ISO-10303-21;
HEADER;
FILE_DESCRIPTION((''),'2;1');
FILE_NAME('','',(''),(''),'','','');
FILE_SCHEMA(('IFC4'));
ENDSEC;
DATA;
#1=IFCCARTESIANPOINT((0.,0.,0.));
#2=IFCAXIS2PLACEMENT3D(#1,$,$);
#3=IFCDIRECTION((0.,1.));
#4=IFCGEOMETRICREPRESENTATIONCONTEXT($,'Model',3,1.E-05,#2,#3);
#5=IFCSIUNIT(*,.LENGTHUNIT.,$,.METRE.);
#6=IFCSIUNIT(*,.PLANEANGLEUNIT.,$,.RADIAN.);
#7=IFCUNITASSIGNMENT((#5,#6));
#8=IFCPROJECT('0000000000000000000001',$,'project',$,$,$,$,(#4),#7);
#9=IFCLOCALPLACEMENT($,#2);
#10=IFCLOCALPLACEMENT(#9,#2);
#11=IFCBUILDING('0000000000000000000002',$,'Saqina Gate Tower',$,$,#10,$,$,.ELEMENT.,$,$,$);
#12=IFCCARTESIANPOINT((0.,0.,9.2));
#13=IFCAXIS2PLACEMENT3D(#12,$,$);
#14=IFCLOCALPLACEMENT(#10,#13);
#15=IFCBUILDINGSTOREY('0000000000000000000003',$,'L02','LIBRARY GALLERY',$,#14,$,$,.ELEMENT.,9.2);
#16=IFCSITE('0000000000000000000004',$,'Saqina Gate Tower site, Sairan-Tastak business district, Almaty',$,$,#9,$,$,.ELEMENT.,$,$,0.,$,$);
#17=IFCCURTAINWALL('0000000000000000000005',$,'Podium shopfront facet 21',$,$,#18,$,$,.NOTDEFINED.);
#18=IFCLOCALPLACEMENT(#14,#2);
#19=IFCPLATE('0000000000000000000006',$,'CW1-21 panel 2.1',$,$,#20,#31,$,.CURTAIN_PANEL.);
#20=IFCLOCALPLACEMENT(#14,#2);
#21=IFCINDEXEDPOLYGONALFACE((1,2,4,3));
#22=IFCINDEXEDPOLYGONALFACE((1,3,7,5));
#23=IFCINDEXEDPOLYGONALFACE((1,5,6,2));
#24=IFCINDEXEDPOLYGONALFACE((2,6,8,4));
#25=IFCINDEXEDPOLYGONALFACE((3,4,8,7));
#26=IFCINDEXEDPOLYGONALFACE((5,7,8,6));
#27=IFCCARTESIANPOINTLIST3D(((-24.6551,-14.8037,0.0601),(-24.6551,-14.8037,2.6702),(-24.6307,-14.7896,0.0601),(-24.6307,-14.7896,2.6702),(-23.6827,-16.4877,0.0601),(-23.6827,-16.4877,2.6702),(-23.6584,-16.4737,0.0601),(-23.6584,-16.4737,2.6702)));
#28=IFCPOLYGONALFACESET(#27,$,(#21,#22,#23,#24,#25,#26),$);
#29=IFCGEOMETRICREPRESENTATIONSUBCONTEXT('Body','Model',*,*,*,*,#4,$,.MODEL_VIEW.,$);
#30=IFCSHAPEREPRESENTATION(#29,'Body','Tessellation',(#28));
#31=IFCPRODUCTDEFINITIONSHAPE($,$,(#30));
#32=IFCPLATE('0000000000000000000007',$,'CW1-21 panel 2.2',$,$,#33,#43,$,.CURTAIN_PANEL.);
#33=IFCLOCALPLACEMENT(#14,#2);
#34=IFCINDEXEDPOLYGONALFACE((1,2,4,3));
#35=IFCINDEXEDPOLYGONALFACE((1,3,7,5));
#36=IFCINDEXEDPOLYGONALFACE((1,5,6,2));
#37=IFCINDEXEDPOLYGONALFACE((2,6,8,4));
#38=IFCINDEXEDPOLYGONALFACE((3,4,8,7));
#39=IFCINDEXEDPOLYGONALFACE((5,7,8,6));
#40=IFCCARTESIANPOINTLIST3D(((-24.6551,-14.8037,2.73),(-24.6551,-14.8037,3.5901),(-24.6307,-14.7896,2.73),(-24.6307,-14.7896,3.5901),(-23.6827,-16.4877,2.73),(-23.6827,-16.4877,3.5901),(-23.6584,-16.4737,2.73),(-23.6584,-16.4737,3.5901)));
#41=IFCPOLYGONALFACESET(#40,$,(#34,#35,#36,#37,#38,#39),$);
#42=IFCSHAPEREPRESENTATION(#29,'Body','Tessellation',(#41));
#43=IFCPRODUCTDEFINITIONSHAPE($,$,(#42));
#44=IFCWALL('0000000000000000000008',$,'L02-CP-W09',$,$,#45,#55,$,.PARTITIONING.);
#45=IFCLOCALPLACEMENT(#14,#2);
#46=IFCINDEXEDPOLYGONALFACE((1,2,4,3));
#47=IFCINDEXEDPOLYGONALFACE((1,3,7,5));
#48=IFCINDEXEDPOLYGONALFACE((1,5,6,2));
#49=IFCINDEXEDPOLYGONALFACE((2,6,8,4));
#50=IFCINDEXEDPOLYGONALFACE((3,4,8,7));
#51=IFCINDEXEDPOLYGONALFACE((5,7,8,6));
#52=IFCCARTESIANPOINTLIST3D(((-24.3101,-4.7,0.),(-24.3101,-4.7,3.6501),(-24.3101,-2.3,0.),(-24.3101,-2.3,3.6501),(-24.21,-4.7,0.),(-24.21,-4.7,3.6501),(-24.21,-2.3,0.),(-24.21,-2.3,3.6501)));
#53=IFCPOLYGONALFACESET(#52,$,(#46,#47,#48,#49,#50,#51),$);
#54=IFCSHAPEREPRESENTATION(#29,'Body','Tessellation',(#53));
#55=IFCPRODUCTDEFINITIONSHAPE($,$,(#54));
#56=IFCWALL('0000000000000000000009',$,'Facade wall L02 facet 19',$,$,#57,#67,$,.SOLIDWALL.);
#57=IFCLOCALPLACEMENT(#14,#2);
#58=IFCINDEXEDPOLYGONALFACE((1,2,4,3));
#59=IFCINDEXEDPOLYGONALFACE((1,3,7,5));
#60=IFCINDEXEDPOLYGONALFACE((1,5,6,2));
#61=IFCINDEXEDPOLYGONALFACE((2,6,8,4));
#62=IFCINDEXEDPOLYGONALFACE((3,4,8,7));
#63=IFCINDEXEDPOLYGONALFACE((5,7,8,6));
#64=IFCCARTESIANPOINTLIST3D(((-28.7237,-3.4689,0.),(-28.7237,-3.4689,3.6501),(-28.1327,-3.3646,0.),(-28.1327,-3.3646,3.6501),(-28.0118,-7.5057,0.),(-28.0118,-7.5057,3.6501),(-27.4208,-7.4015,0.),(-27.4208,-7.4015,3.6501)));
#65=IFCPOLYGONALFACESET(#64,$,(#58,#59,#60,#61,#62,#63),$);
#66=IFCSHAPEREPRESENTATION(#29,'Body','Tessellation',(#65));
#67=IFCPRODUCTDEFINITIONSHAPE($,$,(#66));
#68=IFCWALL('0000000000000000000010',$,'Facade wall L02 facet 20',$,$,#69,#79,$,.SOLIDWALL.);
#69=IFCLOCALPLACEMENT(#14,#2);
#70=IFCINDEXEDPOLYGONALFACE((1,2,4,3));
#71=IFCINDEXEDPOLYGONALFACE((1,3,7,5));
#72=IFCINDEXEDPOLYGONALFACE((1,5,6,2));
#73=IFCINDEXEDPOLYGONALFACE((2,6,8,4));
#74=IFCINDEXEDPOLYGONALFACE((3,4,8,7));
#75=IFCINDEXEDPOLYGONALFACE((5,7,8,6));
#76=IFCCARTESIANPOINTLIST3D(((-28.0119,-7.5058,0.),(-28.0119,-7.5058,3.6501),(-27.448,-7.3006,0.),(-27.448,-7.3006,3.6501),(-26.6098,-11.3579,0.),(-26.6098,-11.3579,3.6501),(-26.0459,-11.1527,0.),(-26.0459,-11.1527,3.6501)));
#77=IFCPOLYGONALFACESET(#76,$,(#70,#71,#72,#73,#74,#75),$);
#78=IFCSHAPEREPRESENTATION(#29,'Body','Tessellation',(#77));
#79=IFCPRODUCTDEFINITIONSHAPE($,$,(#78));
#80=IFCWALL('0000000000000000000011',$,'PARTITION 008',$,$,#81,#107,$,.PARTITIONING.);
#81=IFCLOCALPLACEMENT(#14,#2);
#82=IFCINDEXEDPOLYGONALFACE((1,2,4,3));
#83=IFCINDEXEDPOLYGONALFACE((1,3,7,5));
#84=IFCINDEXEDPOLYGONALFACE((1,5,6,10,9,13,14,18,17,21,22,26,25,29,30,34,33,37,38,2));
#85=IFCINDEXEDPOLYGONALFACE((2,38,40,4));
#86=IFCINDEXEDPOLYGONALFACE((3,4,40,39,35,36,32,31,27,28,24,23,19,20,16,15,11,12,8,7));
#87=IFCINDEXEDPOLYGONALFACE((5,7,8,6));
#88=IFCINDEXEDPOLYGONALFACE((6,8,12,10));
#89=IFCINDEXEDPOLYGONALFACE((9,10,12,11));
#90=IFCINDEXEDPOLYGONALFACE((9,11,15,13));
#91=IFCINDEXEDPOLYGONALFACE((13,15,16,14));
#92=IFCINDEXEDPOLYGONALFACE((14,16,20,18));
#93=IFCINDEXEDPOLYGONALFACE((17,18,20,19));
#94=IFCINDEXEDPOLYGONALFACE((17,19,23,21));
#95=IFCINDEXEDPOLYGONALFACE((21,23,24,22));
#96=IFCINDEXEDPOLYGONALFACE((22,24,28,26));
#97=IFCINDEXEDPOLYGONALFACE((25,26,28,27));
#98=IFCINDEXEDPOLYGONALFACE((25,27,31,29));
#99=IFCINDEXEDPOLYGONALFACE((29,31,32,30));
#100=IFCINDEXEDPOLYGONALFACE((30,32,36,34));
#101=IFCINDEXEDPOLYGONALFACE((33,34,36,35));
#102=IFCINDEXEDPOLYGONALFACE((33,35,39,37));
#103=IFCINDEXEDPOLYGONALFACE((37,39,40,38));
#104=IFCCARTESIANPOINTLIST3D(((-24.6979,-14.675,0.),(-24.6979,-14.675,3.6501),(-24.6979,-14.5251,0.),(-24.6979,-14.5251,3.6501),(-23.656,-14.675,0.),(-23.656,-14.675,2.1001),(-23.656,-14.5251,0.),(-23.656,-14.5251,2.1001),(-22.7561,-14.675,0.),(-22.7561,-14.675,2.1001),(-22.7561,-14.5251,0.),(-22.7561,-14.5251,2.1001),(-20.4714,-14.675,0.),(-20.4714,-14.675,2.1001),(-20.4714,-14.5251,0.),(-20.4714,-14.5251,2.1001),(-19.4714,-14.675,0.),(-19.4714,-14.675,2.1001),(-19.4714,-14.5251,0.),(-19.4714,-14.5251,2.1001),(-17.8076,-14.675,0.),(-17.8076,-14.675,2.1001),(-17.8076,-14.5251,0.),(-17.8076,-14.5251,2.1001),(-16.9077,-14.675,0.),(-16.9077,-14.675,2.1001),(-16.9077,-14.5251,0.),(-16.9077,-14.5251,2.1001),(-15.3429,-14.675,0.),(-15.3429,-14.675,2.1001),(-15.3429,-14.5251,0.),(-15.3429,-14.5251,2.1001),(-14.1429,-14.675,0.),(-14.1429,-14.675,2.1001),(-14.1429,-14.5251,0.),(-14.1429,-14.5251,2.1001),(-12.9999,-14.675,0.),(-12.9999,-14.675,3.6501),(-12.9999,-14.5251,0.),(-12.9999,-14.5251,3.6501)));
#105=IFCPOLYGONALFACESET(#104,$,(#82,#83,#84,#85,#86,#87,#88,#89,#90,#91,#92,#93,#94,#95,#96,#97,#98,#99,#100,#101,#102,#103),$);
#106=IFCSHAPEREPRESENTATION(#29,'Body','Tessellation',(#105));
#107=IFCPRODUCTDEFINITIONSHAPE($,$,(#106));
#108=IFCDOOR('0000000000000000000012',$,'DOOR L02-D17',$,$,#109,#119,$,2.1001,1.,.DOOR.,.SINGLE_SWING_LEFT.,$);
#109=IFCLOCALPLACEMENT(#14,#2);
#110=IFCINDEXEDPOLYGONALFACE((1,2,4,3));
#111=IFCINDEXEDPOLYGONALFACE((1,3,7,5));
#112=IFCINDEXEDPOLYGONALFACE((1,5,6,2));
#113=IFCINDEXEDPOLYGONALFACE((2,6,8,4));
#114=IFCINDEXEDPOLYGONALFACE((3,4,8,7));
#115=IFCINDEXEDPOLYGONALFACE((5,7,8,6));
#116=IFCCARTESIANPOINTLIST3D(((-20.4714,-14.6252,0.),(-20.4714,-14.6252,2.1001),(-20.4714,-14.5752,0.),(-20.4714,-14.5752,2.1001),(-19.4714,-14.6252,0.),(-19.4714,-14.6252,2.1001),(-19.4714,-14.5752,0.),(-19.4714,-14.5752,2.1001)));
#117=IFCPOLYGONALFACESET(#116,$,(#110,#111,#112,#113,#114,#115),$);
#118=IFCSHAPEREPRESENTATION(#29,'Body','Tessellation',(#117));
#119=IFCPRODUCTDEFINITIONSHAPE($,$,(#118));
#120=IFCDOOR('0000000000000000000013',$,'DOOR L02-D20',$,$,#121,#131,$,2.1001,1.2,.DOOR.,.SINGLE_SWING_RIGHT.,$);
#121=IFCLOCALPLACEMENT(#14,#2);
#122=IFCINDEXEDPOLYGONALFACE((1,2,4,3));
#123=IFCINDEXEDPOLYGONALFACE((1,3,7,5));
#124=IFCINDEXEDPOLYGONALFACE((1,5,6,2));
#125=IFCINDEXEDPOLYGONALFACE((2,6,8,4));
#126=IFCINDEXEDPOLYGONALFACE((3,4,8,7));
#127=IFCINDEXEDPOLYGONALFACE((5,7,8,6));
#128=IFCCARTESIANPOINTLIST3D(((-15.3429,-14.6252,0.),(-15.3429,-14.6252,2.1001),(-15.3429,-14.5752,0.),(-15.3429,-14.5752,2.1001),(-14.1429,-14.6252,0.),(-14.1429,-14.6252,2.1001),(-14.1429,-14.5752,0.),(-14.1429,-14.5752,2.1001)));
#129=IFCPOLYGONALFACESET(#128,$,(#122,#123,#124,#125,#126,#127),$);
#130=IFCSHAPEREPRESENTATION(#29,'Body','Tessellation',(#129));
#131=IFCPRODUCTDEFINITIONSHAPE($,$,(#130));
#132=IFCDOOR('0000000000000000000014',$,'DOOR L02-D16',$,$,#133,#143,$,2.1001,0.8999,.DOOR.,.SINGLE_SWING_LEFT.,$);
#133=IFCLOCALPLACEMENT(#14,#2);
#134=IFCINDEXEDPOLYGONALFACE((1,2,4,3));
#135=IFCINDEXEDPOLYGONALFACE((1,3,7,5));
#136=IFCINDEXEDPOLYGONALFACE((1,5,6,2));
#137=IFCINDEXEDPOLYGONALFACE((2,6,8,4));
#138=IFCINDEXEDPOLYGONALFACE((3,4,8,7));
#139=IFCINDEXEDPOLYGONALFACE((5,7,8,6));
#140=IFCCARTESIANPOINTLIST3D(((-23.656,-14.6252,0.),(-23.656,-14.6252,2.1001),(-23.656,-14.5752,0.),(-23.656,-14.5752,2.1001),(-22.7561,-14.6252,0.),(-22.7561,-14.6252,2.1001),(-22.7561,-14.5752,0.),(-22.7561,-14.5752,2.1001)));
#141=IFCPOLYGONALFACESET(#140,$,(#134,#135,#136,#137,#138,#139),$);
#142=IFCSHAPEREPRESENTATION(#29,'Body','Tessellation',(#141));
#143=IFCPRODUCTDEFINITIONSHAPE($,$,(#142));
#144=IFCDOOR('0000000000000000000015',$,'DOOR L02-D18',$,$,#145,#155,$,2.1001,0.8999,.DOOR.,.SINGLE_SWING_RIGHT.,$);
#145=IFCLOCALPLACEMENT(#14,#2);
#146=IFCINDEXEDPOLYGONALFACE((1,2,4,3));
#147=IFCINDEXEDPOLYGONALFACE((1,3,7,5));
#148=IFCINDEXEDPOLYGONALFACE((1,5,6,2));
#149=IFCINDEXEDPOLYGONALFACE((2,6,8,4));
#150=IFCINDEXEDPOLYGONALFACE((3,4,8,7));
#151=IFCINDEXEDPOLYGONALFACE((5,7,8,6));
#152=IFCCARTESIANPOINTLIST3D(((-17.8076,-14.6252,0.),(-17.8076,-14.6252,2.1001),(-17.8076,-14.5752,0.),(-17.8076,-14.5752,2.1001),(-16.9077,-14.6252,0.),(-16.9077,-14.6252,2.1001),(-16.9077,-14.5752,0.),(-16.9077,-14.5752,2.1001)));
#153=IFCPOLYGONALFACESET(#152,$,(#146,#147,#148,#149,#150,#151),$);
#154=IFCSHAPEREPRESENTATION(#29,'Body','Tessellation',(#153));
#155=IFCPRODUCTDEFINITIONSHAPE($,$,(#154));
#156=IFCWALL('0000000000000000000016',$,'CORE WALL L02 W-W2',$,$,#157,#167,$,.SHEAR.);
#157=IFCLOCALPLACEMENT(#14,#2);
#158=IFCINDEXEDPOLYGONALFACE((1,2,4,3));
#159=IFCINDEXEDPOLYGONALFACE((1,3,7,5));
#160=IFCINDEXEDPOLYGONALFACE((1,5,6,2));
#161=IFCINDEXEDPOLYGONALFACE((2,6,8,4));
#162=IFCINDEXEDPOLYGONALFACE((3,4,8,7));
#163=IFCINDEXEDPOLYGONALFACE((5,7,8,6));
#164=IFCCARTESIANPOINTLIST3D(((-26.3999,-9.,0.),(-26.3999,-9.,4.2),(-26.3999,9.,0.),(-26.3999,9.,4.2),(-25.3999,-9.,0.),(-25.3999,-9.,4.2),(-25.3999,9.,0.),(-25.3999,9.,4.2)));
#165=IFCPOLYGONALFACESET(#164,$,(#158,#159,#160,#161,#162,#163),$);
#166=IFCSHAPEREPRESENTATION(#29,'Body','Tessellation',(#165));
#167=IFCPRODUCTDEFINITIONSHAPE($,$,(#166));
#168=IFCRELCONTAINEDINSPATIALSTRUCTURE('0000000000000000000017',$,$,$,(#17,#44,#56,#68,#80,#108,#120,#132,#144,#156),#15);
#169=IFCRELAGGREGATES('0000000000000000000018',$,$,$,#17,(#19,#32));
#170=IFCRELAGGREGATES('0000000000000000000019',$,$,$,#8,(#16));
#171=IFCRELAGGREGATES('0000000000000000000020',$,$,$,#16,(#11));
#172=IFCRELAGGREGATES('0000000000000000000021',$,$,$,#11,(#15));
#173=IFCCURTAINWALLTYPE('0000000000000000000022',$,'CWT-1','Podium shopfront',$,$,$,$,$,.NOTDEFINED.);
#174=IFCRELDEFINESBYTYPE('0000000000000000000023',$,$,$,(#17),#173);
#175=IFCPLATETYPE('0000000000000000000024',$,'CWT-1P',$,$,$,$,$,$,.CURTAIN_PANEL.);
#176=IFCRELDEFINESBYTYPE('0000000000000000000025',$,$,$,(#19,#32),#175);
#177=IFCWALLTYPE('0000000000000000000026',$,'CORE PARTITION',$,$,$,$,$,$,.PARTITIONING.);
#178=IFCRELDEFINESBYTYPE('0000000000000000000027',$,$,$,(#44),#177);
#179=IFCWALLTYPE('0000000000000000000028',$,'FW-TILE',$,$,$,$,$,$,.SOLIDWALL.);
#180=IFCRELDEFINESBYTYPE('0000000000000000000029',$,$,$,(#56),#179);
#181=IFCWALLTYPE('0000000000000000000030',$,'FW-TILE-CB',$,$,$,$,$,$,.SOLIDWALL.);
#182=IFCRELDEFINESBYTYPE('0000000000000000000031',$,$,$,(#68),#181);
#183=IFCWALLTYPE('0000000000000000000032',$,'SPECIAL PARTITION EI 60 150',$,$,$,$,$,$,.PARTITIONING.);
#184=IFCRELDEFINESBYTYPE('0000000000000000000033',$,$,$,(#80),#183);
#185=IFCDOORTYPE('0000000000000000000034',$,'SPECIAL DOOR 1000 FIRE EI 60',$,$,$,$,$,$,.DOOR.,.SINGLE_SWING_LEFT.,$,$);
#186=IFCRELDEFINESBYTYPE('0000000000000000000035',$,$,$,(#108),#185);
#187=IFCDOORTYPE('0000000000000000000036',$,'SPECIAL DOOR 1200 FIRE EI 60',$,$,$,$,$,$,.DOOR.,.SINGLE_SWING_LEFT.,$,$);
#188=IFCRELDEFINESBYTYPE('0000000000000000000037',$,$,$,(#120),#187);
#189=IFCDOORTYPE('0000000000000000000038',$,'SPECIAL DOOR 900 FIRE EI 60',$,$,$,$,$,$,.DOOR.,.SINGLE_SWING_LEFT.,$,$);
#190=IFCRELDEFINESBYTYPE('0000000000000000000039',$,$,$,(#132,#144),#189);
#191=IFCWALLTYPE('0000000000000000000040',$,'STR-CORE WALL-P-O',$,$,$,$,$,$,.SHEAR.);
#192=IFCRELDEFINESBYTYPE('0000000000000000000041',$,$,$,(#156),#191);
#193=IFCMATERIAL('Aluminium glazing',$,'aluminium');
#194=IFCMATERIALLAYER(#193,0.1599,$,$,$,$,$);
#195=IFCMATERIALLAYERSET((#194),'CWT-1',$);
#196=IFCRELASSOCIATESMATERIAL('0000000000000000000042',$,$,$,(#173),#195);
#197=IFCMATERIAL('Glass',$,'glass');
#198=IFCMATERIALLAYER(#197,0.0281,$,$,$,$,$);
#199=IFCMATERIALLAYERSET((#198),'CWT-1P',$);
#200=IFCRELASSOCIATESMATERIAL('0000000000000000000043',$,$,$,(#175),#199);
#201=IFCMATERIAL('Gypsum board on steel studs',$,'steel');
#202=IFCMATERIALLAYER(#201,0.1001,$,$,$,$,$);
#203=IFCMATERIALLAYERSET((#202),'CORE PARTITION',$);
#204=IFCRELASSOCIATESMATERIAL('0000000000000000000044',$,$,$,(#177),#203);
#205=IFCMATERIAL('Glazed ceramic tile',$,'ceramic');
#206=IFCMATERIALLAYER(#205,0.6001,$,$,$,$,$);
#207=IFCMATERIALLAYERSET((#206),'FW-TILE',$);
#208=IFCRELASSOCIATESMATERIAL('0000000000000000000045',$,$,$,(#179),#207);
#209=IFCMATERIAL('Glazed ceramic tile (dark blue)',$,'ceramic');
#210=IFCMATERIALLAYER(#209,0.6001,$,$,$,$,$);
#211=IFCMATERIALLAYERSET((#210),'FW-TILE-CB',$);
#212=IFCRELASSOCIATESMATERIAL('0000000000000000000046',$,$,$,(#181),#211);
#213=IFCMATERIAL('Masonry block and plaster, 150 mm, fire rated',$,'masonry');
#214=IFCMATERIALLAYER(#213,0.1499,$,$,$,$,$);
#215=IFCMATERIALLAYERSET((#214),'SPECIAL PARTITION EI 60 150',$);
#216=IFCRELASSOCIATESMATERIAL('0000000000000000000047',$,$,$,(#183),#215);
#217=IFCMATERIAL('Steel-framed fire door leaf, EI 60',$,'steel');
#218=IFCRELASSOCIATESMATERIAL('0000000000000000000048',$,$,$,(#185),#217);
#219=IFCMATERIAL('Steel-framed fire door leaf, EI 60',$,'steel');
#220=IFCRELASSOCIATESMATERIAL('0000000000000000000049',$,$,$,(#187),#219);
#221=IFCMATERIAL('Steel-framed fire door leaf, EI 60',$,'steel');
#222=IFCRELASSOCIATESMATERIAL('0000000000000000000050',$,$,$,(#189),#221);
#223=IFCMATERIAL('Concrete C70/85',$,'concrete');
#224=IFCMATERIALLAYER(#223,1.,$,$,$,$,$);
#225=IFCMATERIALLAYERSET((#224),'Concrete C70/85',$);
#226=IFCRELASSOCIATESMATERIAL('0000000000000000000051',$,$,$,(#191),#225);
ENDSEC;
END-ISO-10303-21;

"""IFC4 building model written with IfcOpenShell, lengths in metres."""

from ifc_helpers import new_model, si_unit, direction, frame, frame_2d, origin, origin_2d, place, context, subcontext, project, spatial, rectangle, extrude, material, layer, layer_set, type_object, element, fill, aggregate, save


model = new_model("IFC4")

# Units and contexts
model_context = context("Model", 3, precision=1e-05, world=origin(), true_north=direction((0.0, 1.0)))
body_context = subcontext(model_context, "Body", "Model", "MODEL_VIEW")
ifc_project = project(units=[si_unit("LENGTHUNIT", "METRE"), si_unit("PLANEANGLEUNIT", "RADIAN")], contexts=[model_context])

# Site, building, storey
site_placement = place(None, origin())
site = spatial("IfcSite", under=ifc_project, at=site_placement, Name="Saqina Gate Tower site, Sairan-Tastak business district, Almaty", CompositionType="ELEMENT", RefElevation=0.0)
building_placement = place(site_placement, origin())
building = spatial("IfcBuilding", under=site, at=building_placement, Name="Saqina Gate Tower", CompositionType="ELEMENT")
storey_placement = place(building_placement, frame((0.0, 0.0, 9.2)))
storey = spatial("IfcBuildingStorey", under=building, at=storey_placement, Name="L02", Description="LIBRARY GALLERY", CompositionType="ELEMENT", Elevation=9.2)

# Curtain wall
ifc_material_1 = material(Name="Aluminium glazing", Category="aluminium")
ifc_layer_1 = layer(ifc_material_1, 0.1599)
ifc_layer_set_1 = layer_set([ifc_layer_1], Name="CWT-1")
curtain_wall_type = type_object("IfcCurtainWallType", Name="CWT-1", Description="Podium shopfront", PredefinedType="NOTDEFINED", material=ifc_layer_set_1)
curtain_wall_1_placement = place(storey_placement, origin())
curtain_wall_1 = element("IfcCurtainWall", 1, at=curtain_wall_1_placement, inside=storey, type_object=curtain_wall_type, Name="Podium shopfront facet 21", PredefinedType="NOTDEFINED")

# Plates
ifc_material_2 = material(Name="Glass", Category="glass")
ifc_layer_2 = layer(ifc_material_2, 0.0281)
ifc_layer_set_2 = layer_set([ifc_layer_2], Name="CWT-1P")
plate_type = type_object("IfcPlateType", Name="CWT-1P", PredefinedType="CURTAIN_PANEL", material=ifc_layer_set_2)
plate_1_placement = place(storey_placement, frame((-24.1567, -15.6387, 0.0601), z_axis=(0.0, 0.0, 1.0), x_axis=(0.500014, -0.866017, 0.0)))
plate_1 = element("IfcPlate", 2, at=plate_1_placement, type_object=plate_type, Name="CW1-21 panel 2.1", PredefinedType="CURTAIN_PANEL", context=body_context, shape_type="SweptSolid", body=[
    extrude(rectangle(XDim=1.9446, YDim=0.0281, at=origin_2d()), origin(), (0.0, 0.0, 1.0), 2.6101),
])
plate_2_placement = place(storey_placement, frame((-24.1567, -15.6387, 2.73), z_axis=(0.0, 0.0, 1.0), x_axis=(0.500014, -0.866017, 0.0)))
plate_2 = element("IfcPlate", 3, at=plate_2_placement, type_object=plate_type, Name="CW1-21 panel 2.2", PredefinedType="CURTAIN_PANEL", context=body_context, shape_type="SweptSolid", body=[
    extrude(rectangle(XDim=1.9446, YDim=0.0281, at=origin_2d()), origin(), (0.0, 0.0, 1.0), 0.8601),
])
aggregate(curtain_wall_1, [plate_1, plate_2])

# Walls
ifc_material_3 = material(Name="Gypsum board on steel studs", Category="steel")
ifc_layer_3 = layer(ifc_material_3, 0.1001)
ifc_layer_set_3 = layer_set([ifc_layer_3], Name="CORE PARTITION")
wall_type_1 = type_object("IfcWallType", Name="CORE PARTITION", PredefinedType="PARTITIONING", material=ifc_layer_set_3)
wall_1_placement = place(storey_placement, frame((-24.26, -4.7, 0.0), z_axis=(0.0, 0.0, 1.0), x_axis=(0.0, 1.0, 0.0)))
element("IfcWall", 4, at=wall_1_placement, inside=storey, type_object=wall_type_1, Name="L02-CP-W09", PredefinedType="PARTITIONING", context=body_context, shape_type="SweptSolid", body=[
    extrude(rectangle(XDim=2.3999, YDim=0.1001, at=frame_2d((1.2, 0.0))), origin(), (0.0, 0.0, 1.0), 3.6501),
])
ifc_material_4 = material(Name="Glazed ceramic tile", Category="ceramic")
ifc_layer_4 = layer(ifc_material_4, 0.6001)
ifc_layer_set_4 = layer_set([ifc_layer_4], Name="FW-TILE")
wall_type_2 = type_object("IfcWallType", Name="FW-TILE", PredefinedType="SOLIDWALL", material=ifc_layer_set_4)
wall_2_placement = place(storey_placement, frame((-28.4282, -3.4167, 0.0), z_axis=(0.0, 0.0, 1.0), x_axis=(0.173673, -0.984803, 0.0)))
element("IfcWall", 5, at=wall_2_placement, inside=storey, type_object=wall_type_2, Name="Facade wall L02 facet 19", PredefinedType="SOLIDWALL", context=body_context, shape_type="SweptSolid", body=[
    extrude(rectangle(XDim=4.0991, YDim=0.6001, at=frame_2d((2.0496, 0.0))), origin(), (0.0, 0.0, 1.0), 3.6501),
])
ifc_material_5 = material(Name="Glazed ceramic tile (dark blue)", Category="ceramic")
ifc_layer_5 = layer(ifc_material_5, 0.6001)
ifc_layer_set_5 = layer_set([ifc_layer_5], Name="FW-TILE-CB")
wall_type_3 = type_object("IfcWallType", Name="FW-TILE-CB", PredefinedType="SOLIDWALL", material=ifc_layer_set_5)
wall_3_placement = place(storey_placement, frame((-27.73, -7.4031, 0.0), z_axis=(0.0, 0.0, 1.0), x_axis=(0.342035, -0.939687, 0.0)))
element("IfcWall", 6, at=wall_3_placement, inside=storey, type_object=wall_type_3, Name="Facade wall L02 facet 20", PredefinedType="SOLIDWALL", context=body_context, shape_type="SweptSolid", body=[
    extrude(rectangle(XDim=4.0994, YDim=0.6001, at=frame_2d((2.0498, 0.0))), origin(), (0.0, 0.0, 1.0), 3.6501),
])

# Wall, openings, doors
ifc_material_6 = material(Name="Masonry block and plaster, 150 mm, fire rated", Category="masonry")
ifc_layer_6 = layer(ifc_material_6, 0.1499)
ifc_layer_set_6 = layer_set([ifc_layer_6], Name="SPECIAL PARTITION EI 60 150")
wall_type_4 = type_object("IfcWallType", Name="SPECIAL PARTITION EI 60 150", PredefinedType="PARTITIONING", material=ifc_layer_set_6)
wall_4_placement = place(storey_placement, frame((-24.698, -14.6001, 0.0), z_axis=(0.0, 0.0, 1.0), x_axis=(1.0, 0.0, 0.0)))
wall_4 = element("IfcWall", 7, at=wall_4_placement, inside=storey, type_object=wall_type_4, Name="PARTITION 008", PredefinedType="PARTITIONING", context=body_context, shape_type="SweptSolid", body=[
    extrude(rectangle(XDim=11.698, YDim=0.1499, at=frame_2d((5.8491, 0.0))), origin(), (0.0, 0.0, 1.0), 3.6501),
])
opening_1_placement = place(wall_4_placement, frame((1.042, 0.0, 0.0)))
opening_1 = element("IfcOpeningElement", 8, at=opening_1_placement, cuts=wall_4, PredefinedType="OPENING", context=body_context, shape_type="SweptSolid", body=[
    extrude(rectangle(XDim=0.8999, YDim=2.1001, at=frame_2d((0.45, 1.05))), frame((0.0, 0.0869, 0.0), z_axis=(0.0, -1.0, 0.0), x_axis=(1.0, 0.0, 0.0)), (0.0, 0.0, 1.0), 0.1738),
])
opening_2_placement = place(wall_4_placement, frame((4.2266, 0.0, 0.0)))
opening_2 = element("IfcOpeningElement", 9, at=opening_2_placement, cuts=wall_4, PredefinedType="OPENING", context=body_context, shape_type="SweptSolid", body=[
    extrude(rectangle(XDim=1.0, YDim=2.1001, at=frame_2d((0.5, 1.05))), frame((0.0, 0.0869, 0.0), z_axis=(0.0, -1.0, 0.0), x_axis=(1.0, 0.0, 0.0)), (0.0, 0.0, 1.0), 0.1738),
])
opening_3_placement = place(wall_4_placement, frame((6.8904, 0.0, 0.0)))
opening_3 = element("IfcOpeningElement", 10, at=opening_3_placement, cuts=wall_4, PredefinedType="OPENING", context=body_context, shape_type="SweptSolid", body=[
    extrude(rectangle(XDim=0.8999, YDim=2.1001, at=frame_2d((0.45, 1.05))), frame((0.0, 0.0869, 0.0), z_axis=(0.0, -1.0, 0.0), x_axis=(1.0, 0.0, 0.0)), (0.0, 0.0, 1.0), 0.1738),
])
opening_4_placement = place(wall_4_placement, frame((9.355, 0.0, 0.0)))
opening_4 = element("IfcOpeningElement", 11, at=opening_4_placement, cuts=wall_4, PredefinedType="OPENING", context=body_context, shape_type="SweptSolid", body=[
    extrude(rectangle(XDim=1.2, YDim=2.1001, at=frame_2d((0.6001, 1.05))), frame((0.0, 0.0869, 0.0), z_axis=(0.0, -1.0, 0.0), x_axis=(1.0, 0.0, 0.0)), (0.0, 0.0, 1.0), 0.1738),
])
ifc_material_7 = material(Name="Steel-framed fire door leaf, EI 60", Category="steel")
door_type_1 = type_object("IfcDoorType", Name="SPECIAL DOOR 1000 FIRE EI 60", OperationType="SINGLE_SWING_LEFT", PredefinedType="DOOR", material=ifc_material_7)
door_1_placement = place(opening_2_placement, origin())
door_1 = element("IfcDoor", 12, at=door_1_placement, inside=storey, type_object=door_type_1, Name="DOOR L02-D17", OperationType="SINGLE_SWING_LEFT", OverallHeight=2.1001, OverallWidth=1.0, PredefinedType="DOOR", context=body_context, shape_type="SweptSolid", body=[
    extrude(rectangle(XDim=1.0, YDim=2.1001, at=frame_2d((0.5, 1.05))), frame((0.0, 0.0249, 0.0), z_axis=(0.0, -1.0, 0.0), x_axis=(1.0, 0.0, 0.0)), (0.0, 0.0, 1.0), 0.05),
])
fill(opening_2, door_1)
ifc_material_8 = material(Name="Steel-framed fire door leaf, EI 60", Category="steel")
door_type_2 = type_object("IfcDoorType", Name="SPECIAL DOOR 1200 FIRE EI 60", OperationType="SINGLE_SWING_LEFT", PredefinedType="DOOR", material=ifc_material_8)
door_2_placement = place(opening_4_placement, origin())
door_2 = element("IfcDoor", 13, at=door_2_placement, inside=storey, type_object=door_type_2, Name="DOOR L02-D20", OperationType="SINGLE_SWING_RIGHT", OverallHeight=2.1001, OverallWidth=1.2, PredefinedType="DOOR", context=body_context, shape_type="SweptSolid", body=[
    extrude(rectangle(XDim=1.2, YDim=2.1001, at=frame_2d((0.6001, 1.05))), frame((0.0, 0.0249, 0.0), z_axis=(0.0, -1.0, 0.0), x_axis=(1.0, 0.0, 0.0)), (0.0, 0.0, 1.0), 0.05),
])
fill(opening_4, door_2)
ifc_material_9 = material(Name="Steel-framed fire door leaf, EI 60", Category="steel")
door_type_3 = type_object("IfcDoorType", Name="SPECIAL DOOR 900 FIRE EI 60", OperationType="SINGLE_SWING_LEFT", PredefinedType="DOOR", material=ifc_material_9)
door_3_placement = place(opening_1_placement, origin())
door_3 = element("IfcDoor", 14, at=door_3_placement, inside=storey, type_object=door_type_3, Name="DOOR L02-D16", OperationType="SINGLE_SWING_LEFT", OverallHeight=2.1001, OverallWidth=0.8999, PredefinedType="DOOR", context=body_context, shape_type="SweptSolid", body=[
    extrude(rectangle(XDim=0.8999, YDim=2.1001, at=frame_2d((0.45, 1.05))), frame((0.0, 0.0249, 0.0), z_axis=(0.0, -1.0, 0.0), x_axis=(1.0, 0.0, 0.0)), (0.0, 0.0, 1.0), 0.05),
])
fill(opening_1, door_3)
door_4_placement = place(opening_3_placement, origin())
door_4 = element("IfcDoor", 15, at=door_4_placement, inside=storey, type_object=door_type_3, Name="DOOR L02-D18", OperationType="SINGLE_SWING_RIGHT", OverallHeight=2.1001, OverallWidth=0.8999, PredefinedType="DOOR", context=body_context, shape_type="SweptSolid", body=[
    extrude(rectangle(XDim=0.8999, YDim=2.1001, at=frame_2d((0.45, 1.05))), frame((0.0, 0.0249, 0.0), z_axis=(0.0, -1.0, 0.0), x_axis=(1.0, 0.0, 0.0)), (0.0, 0.0, 1.0), 0.05),
])
fill(opening_3, door_4)

# Wall
ifc_material_10 = material(Name="Concrete C70/85", Category="concrete")
ifc_layer_7 = layer(ifc_material_10, 1.0)
ifc_layer_set_7 = layer_set([ifc_layer_7], Name="Concrete C70/85")
wall_type_5 = type_object("IfcWallType", Name="STR-CORE WALL-P-O", PredefinedType="SHEAR", material=ifc_layer_set_7)
wall_5_placement = place(storey_placement, frame((-25.8999, -9.0, 0.0), z_axis=(0.0, 0.0, 1.0), x_axis=(0.0, 1.0, 0.0)))
element("IfcWall", 16, at=wall_5_placement, inside=storey, type_object=wall_type_5, Name="CORE WALL L02 W-W2", PredefinedType="SHEAR", context=body_context, shape_type="SweptSolid", body=[
    extrude(rectangle(XDim=18.0, YDim=1.0, at=frame_2d((9.0, 0.0))), origin(), (0.0, 0.0, 1.0), 4.2),
])

save(model, "model.ifc")
